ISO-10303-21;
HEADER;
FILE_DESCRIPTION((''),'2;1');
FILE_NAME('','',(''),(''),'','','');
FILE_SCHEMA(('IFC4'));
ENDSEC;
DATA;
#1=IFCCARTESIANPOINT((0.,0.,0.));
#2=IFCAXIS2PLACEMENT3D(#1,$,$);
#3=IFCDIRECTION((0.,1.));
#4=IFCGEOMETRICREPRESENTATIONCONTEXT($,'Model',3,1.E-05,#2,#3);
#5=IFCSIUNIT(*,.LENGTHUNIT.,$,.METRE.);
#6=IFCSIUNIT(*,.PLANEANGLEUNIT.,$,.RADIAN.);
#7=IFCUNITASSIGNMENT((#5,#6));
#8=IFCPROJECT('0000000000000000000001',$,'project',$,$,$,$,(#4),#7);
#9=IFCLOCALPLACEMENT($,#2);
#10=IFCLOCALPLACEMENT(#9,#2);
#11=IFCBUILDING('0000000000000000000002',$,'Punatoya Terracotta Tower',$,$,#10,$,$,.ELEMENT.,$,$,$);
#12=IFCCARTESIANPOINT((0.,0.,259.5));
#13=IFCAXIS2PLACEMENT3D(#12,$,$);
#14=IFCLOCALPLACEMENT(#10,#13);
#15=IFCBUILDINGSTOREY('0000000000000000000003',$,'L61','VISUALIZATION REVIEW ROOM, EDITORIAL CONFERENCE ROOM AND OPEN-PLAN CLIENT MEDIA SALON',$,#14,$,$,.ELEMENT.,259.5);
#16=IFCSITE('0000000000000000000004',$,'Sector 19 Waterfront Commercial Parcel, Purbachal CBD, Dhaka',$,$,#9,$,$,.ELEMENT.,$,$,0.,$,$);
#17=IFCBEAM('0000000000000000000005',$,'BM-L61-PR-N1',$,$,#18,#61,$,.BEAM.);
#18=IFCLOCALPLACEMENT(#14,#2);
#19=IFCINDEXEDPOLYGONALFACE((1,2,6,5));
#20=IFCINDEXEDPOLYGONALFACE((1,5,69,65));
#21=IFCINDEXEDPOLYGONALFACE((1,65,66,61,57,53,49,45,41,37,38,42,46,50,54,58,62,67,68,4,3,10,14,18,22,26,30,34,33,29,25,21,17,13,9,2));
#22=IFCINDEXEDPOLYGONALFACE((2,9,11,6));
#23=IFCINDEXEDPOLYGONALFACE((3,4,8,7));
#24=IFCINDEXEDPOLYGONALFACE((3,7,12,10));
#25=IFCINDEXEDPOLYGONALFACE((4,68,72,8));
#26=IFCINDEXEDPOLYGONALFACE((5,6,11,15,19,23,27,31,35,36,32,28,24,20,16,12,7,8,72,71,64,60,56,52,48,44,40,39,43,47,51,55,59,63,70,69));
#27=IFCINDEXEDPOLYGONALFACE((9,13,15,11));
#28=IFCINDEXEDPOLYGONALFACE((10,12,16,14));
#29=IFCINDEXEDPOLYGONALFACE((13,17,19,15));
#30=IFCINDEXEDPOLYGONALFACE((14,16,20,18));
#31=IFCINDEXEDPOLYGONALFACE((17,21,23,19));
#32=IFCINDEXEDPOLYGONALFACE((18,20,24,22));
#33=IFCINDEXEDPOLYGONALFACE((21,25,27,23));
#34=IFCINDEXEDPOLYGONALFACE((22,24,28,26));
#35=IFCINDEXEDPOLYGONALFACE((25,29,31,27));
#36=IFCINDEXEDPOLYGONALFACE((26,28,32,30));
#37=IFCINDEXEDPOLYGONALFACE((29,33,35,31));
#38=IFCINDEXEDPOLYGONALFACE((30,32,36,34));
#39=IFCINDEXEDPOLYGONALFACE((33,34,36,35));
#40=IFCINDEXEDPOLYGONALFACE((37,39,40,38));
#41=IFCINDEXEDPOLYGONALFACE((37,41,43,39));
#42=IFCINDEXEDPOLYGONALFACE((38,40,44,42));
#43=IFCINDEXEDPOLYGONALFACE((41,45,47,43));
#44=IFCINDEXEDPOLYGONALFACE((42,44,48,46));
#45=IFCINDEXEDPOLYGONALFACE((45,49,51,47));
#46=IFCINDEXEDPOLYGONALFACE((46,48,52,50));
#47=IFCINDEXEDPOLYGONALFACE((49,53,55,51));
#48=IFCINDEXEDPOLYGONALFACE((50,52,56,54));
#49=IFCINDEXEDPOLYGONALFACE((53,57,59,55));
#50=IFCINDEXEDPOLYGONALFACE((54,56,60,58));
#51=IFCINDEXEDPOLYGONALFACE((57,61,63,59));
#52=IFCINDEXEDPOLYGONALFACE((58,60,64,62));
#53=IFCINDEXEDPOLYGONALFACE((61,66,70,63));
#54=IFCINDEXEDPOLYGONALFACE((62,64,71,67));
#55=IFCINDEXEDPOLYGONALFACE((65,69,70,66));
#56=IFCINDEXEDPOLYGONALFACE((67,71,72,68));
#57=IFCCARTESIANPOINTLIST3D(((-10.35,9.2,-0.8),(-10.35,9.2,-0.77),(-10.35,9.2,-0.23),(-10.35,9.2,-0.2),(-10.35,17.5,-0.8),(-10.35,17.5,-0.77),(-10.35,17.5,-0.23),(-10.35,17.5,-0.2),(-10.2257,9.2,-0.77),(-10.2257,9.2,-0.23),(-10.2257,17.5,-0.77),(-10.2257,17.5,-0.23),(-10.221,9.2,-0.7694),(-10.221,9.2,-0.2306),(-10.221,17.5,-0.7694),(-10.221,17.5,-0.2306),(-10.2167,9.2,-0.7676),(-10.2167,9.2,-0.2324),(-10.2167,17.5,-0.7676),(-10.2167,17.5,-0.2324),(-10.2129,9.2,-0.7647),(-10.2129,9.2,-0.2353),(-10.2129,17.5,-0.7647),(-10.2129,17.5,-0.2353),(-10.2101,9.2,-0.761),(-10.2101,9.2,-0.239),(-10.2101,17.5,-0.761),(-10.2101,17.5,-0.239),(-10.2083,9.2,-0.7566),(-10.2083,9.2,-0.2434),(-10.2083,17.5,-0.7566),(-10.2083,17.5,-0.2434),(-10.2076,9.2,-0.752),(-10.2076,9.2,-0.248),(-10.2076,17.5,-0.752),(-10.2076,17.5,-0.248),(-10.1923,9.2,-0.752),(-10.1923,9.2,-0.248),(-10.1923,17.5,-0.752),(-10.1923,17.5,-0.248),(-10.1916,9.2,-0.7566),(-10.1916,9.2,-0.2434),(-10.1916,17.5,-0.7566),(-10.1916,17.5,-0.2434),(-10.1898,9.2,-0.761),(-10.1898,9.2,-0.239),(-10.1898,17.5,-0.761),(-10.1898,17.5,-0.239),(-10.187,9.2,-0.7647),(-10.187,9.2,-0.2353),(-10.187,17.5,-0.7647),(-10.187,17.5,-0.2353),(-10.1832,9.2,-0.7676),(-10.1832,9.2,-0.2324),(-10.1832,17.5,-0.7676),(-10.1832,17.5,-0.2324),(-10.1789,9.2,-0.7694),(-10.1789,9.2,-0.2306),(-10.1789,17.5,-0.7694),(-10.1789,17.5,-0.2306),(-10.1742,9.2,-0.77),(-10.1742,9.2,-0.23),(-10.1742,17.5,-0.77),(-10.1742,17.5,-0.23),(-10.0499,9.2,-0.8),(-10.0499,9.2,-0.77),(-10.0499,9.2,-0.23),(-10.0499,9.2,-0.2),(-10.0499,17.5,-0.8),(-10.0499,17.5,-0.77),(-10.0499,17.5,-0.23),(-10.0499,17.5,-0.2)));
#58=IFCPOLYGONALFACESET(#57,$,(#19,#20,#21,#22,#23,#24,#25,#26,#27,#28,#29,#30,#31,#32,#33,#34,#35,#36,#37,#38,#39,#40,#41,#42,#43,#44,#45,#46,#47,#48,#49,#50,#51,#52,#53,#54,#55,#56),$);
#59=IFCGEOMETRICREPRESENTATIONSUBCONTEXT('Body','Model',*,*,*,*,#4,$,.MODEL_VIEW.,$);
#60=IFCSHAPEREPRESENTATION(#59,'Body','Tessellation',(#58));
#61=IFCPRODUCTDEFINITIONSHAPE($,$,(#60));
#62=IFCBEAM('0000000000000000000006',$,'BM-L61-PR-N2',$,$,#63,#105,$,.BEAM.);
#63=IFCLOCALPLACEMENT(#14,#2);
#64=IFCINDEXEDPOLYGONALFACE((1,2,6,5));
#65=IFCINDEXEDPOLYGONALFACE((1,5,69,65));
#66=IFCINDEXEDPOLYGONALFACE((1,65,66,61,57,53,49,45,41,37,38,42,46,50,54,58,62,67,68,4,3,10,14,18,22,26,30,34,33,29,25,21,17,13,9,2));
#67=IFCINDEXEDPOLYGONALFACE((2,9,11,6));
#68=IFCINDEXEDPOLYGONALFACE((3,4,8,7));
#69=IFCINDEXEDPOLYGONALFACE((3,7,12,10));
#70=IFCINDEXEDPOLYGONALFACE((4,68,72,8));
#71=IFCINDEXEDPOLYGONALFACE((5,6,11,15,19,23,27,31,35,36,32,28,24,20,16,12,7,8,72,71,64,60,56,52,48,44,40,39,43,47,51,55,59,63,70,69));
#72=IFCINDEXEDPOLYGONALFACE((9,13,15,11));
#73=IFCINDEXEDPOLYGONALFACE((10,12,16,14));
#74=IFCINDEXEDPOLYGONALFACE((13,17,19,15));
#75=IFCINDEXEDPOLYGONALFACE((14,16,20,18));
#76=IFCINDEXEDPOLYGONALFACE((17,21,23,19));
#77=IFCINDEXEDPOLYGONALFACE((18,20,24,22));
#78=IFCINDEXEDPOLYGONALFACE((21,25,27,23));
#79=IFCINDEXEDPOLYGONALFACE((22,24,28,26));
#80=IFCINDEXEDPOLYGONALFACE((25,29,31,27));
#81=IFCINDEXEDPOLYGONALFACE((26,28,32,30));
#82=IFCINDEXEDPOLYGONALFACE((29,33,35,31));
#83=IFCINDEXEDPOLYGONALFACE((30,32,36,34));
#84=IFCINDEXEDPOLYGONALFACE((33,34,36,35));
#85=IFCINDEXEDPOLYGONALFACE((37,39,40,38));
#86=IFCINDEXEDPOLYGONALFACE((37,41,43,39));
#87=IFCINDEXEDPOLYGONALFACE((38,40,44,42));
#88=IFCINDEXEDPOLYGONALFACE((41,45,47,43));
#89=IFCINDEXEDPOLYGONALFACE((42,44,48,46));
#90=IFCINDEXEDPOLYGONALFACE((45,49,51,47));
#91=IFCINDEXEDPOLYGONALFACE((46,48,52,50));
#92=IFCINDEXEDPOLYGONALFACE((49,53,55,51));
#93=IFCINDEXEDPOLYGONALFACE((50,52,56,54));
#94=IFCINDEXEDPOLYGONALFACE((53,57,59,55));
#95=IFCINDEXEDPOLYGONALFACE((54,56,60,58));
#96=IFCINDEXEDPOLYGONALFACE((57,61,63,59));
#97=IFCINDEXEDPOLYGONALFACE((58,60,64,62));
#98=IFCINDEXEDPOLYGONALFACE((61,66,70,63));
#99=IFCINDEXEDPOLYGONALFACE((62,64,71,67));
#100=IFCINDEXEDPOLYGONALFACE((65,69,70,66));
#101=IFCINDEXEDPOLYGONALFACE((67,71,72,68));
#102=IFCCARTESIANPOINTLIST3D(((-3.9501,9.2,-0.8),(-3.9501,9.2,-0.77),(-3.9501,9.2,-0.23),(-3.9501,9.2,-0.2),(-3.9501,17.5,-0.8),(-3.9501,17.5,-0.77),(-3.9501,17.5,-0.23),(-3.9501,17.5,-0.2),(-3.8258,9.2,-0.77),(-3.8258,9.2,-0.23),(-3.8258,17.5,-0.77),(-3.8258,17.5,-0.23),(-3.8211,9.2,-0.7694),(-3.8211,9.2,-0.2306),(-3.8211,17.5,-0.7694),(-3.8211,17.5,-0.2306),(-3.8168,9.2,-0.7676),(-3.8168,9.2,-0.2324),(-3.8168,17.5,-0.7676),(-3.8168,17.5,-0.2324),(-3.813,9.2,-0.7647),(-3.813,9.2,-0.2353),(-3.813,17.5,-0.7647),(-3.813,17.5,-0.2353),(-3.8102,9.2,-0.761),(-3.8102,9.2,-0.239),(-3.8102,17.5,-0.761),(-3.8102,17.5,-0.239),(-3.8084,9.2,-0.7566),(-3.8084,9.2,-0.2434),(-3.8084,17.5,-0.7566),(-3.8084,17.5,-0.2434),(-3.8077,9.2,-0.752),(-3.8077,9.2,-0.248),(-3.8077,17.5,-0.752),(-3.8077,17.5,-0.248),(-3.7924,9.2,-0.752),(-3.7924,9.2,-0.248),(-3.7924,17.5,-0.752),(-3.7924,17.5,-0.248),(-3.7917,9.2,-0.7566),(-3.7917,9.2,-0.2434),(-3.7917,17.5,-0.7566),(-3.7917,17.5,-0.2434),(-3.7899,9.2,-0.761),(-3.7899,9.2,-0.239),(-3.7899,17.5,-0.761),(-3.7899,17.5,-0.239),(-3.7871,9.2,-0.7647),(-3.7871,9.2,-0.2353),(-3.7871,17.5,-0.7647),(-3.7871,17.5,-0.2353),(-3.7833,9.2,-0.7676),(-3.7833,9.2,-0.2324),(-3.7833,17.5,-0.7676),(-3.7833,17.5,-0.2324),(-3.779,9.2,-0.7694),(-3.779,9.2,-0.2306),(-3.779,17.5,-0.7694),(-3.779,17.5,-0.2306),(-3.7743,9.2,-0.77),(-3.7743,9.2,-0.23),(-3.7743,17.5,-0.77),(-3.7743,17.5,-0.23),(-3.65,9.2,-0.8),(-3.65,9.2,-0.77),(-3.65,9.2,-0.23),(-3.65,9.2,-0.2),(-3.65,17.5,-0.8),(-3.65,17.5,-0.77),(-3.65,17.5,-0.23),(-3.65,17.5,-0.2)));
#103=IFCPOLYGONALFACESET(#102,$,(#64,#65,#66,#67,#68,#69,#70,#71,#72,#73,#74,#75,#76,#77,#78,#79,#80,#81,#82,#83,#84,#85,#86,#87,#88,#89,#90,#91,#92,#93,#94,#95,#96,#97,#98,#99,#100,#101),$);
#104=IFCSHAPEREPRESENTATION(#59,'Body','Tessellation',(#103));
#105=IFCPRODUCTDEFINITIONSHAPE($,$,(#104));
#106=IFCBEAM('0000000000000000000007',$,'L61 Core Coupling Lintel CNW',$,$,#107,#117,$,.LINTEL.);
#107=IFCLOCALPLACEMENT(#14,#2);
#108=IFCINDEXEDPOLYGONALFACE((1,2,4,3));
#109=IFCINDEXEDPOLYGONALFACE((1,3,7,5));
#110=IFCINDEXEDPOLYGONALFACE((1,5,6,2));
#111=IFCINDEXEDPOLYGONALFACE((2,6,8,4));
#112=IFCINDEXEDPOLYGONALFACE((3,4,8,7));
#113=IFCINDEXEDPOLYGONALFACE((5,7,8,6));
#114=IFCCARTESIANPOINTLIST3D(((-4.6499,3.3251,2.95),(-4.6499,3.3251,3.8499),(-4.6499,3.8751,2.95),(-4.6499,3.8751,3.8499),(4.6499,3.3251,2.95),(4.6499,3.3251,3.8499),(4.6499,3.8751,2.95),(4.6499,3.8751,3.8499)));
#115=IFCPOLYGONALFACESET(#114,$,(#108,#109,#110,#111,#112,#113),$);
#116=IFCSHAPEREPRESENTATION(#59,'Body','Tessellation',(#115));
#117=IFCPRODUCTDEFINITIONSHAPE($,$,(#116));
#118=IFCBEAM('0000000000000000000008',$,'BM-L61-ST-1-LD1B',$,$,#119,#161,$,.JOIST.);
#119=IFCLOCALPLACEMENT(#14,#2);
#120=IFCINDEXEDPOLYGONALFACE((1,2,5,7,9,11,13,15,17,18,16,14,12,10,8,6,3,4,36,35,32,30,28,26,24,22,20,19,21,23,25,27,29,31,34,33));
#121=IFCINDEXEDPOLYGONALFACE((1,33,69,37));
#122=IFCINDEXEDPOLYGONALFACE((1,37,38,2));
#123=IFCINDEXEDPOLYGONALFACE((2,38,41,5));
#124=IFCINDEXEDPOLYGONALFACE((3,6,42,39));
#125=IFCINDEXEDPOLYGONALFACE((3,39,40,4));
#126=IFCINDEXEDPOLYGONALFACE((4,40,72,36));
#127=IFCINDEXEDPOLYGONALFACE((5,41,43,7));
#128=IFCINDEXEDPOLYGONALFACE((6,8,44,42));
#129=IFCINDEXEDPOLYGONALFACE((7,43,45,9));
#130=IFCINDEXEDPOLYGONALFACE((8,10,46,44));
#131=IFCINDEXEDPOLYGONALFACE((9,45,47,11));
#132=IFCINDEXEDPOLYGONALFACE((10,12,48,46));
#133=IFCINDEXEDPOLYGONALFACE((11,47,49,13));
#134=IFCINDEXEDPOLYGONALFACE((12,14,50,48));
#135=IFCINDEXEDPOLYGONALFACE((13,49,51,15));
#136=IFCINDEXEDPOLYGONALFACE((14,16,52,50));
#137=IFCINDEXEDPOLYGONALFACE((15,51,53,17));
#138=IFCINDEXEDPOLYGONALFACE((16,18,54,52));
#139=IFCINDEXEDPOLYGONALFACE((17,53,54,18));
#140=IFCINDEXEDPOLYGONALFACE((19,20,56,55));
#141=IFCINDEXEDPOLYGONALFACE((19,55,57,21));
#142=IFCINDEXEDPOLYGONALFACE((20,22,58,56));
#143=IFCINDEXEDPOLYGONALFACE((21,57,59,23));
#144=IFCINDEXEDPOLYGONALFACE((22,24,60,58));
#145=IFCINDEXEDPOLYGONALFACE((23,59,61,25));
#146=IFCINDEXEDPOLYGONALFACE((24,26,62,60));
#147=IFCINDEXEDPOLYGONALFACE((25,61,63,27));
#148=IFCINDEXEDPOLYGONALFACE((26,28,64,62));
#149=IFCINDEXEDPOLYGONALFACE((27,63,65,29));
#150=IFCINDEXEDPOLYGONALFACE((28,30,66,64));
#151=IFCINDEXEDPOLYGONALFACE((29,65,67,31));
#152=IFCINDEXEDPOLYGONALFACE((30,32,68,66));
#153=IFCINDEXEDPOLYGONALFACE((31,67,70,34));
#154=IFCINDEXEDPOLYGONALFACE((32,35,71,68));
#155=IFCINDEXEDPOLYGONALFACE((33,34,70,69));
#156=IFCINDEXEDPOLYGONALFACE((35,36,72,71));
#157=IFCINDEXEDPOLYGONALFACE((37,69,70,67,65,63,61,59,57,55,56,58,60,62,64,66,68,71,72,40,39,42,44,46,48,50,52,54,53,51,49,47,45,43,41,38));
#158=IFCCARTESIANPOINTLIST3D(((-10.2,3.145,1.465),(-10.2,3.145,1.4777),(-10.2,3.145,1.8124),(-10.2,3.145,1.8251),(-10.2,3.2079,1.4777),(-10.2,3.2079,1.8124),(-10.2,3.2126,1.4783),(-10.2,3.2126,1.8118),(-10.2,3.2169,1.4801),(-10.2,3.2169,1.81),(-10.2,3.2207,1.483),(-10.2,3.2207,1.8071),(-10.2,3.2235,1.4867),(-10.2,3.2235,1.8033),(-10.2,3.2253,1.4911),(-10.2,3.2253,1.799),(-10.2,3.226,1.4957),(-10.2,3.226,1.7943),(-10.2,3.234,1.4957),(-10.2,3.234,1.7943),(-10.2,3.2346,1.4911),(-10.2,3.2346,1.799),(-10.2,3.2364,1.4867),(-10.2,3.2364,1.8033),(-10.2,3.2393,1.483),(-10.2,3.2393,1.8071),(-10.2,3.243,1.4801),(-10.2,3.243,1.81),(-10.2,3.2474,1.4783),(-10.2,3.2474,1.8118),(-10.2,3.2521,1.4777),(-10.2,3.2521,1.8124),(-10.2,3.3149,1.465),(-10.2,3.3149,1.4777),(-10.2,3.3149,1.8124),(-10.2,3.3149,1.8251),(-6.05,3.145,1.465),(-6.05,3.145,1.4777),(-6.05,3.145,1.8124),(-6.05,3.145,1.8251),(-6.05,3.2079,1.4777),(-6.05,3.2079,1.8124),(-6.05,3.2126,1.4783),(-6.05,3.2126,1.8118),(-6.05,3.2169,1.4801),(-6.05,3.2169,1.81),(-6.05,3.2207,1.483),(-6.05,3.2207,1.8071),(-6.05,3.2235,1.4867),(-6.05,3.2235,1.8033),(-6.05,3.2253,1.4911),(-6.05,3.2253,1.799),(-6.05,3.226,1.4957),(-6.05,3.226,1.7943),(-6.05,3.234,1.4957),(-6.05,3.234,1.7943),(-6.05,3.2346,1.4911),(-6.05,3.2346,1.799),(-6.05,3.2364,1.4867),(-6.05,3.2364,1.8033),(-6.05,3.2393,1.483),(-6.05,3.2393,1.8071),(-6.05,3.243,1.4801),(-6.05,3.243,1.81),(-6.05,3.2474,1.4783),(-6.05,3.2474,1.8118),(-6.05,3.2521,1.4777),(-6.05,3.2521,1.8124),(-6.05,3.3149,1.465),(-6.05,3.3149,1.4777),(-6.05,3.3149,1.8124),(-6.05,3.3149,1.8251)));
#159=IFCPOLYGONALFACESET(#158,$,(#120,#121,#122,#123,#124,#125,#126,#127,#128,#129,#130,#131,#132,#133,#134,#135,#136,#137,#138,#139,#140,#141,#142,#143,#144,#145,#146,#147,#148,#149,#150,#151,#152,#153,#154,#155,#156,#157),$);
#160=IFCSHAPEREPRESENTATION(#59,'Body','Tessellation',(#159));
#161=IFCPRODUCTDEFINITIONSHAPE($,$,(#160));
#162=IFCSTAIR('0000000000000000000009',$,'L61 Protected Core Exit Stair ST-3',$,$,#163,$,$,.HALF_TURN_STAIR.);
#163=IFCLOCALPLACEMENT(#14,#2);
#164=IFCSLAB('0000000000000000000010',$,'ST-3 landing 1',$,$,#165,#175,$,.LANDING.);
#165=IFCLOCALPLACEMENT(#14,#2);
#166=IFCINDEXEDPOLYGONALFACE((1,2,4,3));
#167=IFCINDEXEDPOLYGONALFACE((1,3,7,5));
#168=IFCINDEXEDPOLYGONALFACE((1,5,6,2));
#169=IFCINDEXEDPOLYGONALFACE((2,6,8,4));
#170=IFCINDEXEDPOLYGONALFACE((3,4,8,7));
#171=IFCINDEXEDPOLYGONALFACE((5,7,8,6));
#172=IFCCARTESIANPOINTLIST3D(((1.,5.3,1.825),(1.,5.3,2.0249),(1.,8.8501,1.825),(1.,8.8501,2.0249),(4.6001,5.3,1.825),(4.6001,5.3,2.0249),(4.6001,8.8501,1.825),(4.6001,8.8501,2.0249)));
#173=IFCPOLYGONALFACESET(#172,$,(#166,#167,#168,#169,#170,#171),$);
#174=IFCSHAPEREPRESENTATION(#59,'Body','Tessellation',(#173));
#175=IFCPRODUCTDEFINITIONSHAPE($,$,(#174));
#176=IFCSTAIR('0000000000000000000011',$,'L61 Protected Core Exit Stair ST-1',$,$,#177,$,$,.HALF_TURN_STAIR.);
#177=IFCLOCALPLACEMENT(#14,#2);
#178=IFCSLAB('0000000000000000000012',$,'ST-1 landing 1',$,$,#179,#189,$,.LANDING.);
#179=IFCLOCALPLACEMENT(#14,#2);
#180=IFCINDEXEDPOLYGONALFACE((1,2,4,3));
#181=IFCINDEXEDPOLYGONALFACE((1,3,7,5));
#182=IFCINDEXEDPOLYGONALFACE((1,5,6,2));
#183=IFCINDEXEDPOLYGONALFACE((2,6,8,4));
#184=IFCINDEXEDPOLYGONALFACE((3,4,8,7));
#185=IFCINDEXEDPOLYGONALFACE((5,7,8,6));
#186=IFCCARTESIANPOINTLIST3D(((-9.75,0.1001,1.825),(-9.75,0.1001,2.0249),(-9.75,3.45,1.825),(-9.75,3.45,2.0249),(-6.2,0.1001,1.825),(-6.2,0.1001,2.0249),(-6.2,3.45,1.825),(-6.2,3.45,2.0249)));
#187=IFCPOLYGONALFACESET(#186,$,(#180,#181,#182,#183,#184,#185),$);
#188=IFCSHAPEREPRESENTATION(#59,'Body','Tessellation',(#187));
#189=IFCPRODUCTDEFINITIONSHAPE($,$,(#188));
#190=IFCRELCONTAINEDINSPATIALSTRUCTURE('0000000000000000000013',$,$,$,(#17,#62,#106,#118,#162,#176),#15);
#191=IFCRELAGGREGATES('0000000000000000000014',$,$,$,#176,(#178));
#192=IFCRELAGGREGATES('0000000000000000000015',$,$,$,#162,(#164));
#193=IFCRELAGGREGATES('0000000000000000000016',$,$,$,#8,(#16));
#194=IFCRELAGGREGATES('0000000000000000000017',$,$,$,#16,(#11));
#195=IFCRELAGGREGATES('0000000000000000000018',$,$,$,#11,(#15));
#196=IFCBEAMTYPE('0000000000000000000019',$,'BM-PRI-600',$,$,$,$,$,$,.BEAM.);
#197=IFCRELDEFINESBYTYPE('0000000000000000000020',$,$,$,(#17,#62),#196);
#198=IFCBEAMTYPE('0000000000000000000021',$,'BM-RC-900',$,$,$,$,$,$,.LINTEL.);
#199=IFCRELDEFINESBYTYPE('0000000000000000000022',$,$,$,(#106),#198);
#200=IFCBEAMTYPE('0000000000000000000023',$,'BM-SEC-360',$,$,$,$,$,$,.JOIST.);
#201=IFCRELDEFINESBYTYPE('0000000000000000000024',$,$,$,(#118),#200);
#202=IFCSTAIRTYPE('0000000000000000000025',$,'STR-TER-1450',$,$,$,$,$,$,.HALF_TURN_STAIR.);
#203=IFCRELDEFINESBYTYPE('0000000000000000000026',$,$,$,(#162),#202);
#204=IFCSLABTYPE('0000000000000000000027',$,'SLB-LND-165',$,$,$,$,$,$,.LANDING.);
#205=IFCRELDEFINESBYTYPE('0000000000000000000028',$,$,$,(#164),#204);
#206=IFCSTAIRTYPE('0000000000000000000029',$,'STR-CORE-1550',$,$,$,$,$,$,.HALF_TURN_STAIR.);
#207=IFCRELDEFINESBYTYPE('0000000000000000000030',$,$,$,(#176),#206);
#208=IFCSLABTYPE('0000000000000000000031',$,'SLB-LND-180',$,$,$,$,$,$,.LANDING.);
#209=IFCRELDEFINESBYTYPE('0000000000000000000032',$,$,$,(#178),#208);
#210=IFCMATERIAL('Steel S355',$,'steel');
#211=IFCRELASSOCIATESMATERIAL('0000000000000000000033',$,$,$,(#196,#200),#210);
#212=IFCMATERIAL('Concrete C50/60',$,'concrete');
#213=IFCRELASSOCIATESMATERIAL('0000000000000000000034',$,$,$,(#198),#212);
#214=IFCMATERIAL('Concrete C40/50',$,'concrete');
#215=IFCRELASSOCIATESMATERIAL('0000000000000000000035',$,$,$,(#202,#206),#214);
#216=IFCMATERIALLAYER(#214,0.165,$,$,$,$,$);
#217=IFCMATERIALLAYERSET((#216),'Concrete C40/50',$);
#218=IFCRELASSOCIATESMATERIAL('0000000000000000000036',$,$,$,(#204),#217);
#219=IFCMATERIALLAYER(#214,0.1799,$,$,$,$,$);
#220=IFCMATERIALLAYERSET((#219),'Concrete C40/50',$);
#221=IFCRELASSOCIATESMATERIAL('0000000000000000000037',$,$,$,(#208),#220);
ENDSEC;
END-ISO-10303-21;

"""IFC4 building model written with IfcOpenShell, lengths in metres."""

from ifc_helpers import new_model, si_unit, direction, frame, origin, origin_2d, place, context, subcontext, project, spatial, polyline, rectangle, i_section, outline, extrude, material, layer, layer_set, material_profile, profile_set, type_object, element, aggregate, save


model = new_model("IFC4")

# Units and contexts
model_context = context("Model", 3, precision=1e-05, world=origin(), true_north=direction((0.0, 1.0)))
body_context = subcontext(model_context, "Body", "Model", "MODEL_VIEW")
ifc_project = project(units=[si_unit("LENGTHUNIT", "METRE"), si_unit("PLANEANGLEUNIT", "RADIAN")], contexts=[model_context])

# Site, building, storey
site_placement = place(None, origin())
site = spatial("IfcSite", under=ifc_project, at=site_placement, Name="Sector 19 Waterfront Commercial Parcel, Purbachal CBD, Dhaka", CompositionType="ELEMENT", RefElevation=0.0)
building_placement = place(site_placement, origin())
building = spatial("IfcBuilding", under=site, at=building_placement, Name="Punatoya Terracotta Tower", CompositionType="ELEMENT")
storey_placement = place(building_placement, frame((0.0, 0.0, 259.5)))
storey = spatial("IfcBuildingStorey", under=building, at=storey_placement, Name="L61", Description="VISUALIZATION REVIEW ROOM, EDITORIAL CONFERENCE ROOM AND OPEN-PLAN CLIENT MEDIA SALON", CompositionType="ELEMENT", Elevation=259.5)

# Beams
ifc_material_1 = material(Name="Steel S355", Category="steel")
ifc_material_profile_1 = material_profile(ifc_material_1, i_section(OverallWidth=0.3, OverallDepth=0.6001, WebThickness=0.0154, FlangeThickness=0.03, FilletRadius=0.0181, at=origin_2d()))
ifc_profile_set_1 = profile_set([ifc_material_profile_1], Name="Steel S355")
beam_type_1 = type_object("IfcBeamType", Name="BM-PRI-600", PredefinedType="BEAM", material=ifc_profile_set_1)
for number, where, z_axis, x_axis, name in (
    (1, (-10.2, 9.2, -0.5), (0.0, 1.0, 0.0), (-1.0, 0.0, 0.0), "BM-L61-PR-N1"),
    (2, (-3.8, 9.2, -0.5), (0.0, 1.0, 0.0), (-1.0, 0.0, 0.0), "BM-L61-PR-N2"),
):
    element("IfcBeam", number, at=place(storey_placement, frame(where, z_axis=z_axis, x_axis=x_axis)), inside=storey, type_object=beam_type_1, Name=name, PredefinedType="BEAM", context=body_context, shape_type="SweptSolid", body=[
        extrude(i_section(OverallWidth=0.3, OverallDepth=0.6001, WebThickness=0.0154, FlangeThickness=0.03, FilletRadius=0.0181, at=origin_2d()), origin(), (0.0, 0.0, 1.0), 8.3),
    ])
ifc_material_2 = material(Name="Concrete C50/60", Category="concrete")
ifc_material_profile_2 = material_profile(ifc_material_2, rectangle(XDim=0.55, YDim=0.8999, at=origin_2d()))
ifc_profile_set_2 = profile_set([ifc_material_profile_2], Name="Concrete C50/60")
beam_type_2 = type_object("IfcBeamType", Name="BM-RC-900", PredefinedType="LINTEL", material=ifc_profile_set_2)
beam_1_placement = place(storey_placement, frame((-4.6499, 3.6001, 3.3999), z_axis=(1.0, 0.0, 0.0), x_axis=(0.0, 1.0, 0.0)))
element("IfcBeam", 3, at=beam_1_placement, inside=storey, type_object=beam_type_2, Name="L61 Core Coupling Lintel CNW", PredefinedType="LINTEL", context=body_context, shape_type="SweptSolid", body=[
    extrude(rectangle(XDim=0.55, YDim=0.8999, at=origin_2d()), origin(), (0.0, 0.0, 1.0), 9.2998),
])
ifc_material_profile_3 = material_profile(ifc_material_1, i_section(OverallWidth=0.1699, OverallDepth=0.3601, WebThickness=0.0081, FlangeThickness=0.0127, FilletRadius=0.0181, at=origin_2d()))
ifc_profile_set_3 = profile_set([ifc_material_profile_3], Name="Steel S355")
beam_type_3 = type_object("IfcBeamType", Name="BM-SEC-360", PredefinedType="JOIST", material=ifc_profile_set_3)
beam_2_placement = place(storey_placement, frame((-10.2, 3.23, 1.645), z_axis=(1.0, 0.0, 0.0), x_axis=(0.0, 1.0, 0.0)))
element("IfcBeam", 4, at=beam_2_placement, inside=storey, type_object=beam_type_3, Name="BM-L61-ST-1-LD1B", PredefinedType="JOIST", context=body_context, shape_type="SweptSolid", body=[
    extrude(i_section(OverallWidth=0.1699, OverallDepth=0.3601, WebThickness=0.0081, FlangeThickness=0.0127, FilletRadius=0.0181, at=origin_2d()), origin(), (0.0, 0.0, 1.0), 4.1499),
])

# Stairs, slabs
ifc_material_3 = material(Name="Concrete C40/50", Category="concrete")
stair_type_1 = type_object("IfcStairType", Name="STR-TER-1450", PredefinedType="HALF_TURN_STAIR", material=ifc_material_3)
stair_1_placement = place(storey_placement, origin())
stair_1 = element("IfcStair", 5, at=stair_1_placement, inside=storey, type_object=stair_type_1, Name="L61 Protected Core Exit Stair ST-3", PredefinedType="HALF_TURN_STAIR")
ifc_layer_1 = layer(ifc_material_3, 0.165)
ifc_layer_set_1 = layer_set([ifc_layer_1], Name="Concrete C40/50")
slab_type_1 = type_object("IfcSlabType", Name="SLB-LND-165", PredefinedType="LANDING", material=ifc_layer_set_1)
slab_1_placement = place(storey_placement, frame((0.0, 0.0, 1.825)))
slab_1 = element("IfcSlab", 6, at=slab_1_placement, type_object=slab_type_1, Name="ST-3 landing 1", PredefinedType="LANDING", context=body_context, shape_type="SweptSolid", body=[
    extrude(outline(polyline([(1.0, 5.3), (4.6001, 5.3), (4.6001, 8.8501), (1.0, 8.8501), (1.0, 5.3)])), origin(), (0.0, 0.0, 1.0), 0.2),
])
stair_type_2 = type_object("IfcStairType", Name="STR-CORE-1550", PredefinedType="HALF_TURN_STAIR", material=ifc_material_3)
stair_2_placement = place(storey_placement, origin())
stair_2 = element("IfcStair", 7, at=stair_2_placement, inside=storey, type_object=stair_type_2, Name="L61 Protected Core Exit Stair ST-1", PredefinedType="HALF_TURN_STAIR")
ifc_layer_2 = layer(ifc_material_3, 0.1799)
ifc_layer_set_2 = layer_set([ifc_layer_2], Name="Concrete C40/50")
slab_type_2 = type_object("IfcSlabType", Name="SLB-LND-180", PredefinedType="LANDING", material=ifc_layer_set_2)
slab_2_placement = place(storey_placement, frame((0.0, 0.0, 1.825)))
slab_2 = element("IfcSlab", 8, at=slab_2_placement, type_object=slab_type_2, Name="ST-1 landing 1", PredefinedType="LANDING", context=body_context, shape_type="SweptSolid", body=[
    extrude(outline(polyline([(-6.2, 0.1001), (-6.2, 3.45), (-9.75, 3.45), (-9.75, 0.1001), (-6.2, 0.1001)])), origin(), (0.0, 0.0, 1.0), 0.2),
])

aggregate(stair_2, [slab_2])
aggregate(stair_1, [slab_1])

save(model, "model.ifc")
